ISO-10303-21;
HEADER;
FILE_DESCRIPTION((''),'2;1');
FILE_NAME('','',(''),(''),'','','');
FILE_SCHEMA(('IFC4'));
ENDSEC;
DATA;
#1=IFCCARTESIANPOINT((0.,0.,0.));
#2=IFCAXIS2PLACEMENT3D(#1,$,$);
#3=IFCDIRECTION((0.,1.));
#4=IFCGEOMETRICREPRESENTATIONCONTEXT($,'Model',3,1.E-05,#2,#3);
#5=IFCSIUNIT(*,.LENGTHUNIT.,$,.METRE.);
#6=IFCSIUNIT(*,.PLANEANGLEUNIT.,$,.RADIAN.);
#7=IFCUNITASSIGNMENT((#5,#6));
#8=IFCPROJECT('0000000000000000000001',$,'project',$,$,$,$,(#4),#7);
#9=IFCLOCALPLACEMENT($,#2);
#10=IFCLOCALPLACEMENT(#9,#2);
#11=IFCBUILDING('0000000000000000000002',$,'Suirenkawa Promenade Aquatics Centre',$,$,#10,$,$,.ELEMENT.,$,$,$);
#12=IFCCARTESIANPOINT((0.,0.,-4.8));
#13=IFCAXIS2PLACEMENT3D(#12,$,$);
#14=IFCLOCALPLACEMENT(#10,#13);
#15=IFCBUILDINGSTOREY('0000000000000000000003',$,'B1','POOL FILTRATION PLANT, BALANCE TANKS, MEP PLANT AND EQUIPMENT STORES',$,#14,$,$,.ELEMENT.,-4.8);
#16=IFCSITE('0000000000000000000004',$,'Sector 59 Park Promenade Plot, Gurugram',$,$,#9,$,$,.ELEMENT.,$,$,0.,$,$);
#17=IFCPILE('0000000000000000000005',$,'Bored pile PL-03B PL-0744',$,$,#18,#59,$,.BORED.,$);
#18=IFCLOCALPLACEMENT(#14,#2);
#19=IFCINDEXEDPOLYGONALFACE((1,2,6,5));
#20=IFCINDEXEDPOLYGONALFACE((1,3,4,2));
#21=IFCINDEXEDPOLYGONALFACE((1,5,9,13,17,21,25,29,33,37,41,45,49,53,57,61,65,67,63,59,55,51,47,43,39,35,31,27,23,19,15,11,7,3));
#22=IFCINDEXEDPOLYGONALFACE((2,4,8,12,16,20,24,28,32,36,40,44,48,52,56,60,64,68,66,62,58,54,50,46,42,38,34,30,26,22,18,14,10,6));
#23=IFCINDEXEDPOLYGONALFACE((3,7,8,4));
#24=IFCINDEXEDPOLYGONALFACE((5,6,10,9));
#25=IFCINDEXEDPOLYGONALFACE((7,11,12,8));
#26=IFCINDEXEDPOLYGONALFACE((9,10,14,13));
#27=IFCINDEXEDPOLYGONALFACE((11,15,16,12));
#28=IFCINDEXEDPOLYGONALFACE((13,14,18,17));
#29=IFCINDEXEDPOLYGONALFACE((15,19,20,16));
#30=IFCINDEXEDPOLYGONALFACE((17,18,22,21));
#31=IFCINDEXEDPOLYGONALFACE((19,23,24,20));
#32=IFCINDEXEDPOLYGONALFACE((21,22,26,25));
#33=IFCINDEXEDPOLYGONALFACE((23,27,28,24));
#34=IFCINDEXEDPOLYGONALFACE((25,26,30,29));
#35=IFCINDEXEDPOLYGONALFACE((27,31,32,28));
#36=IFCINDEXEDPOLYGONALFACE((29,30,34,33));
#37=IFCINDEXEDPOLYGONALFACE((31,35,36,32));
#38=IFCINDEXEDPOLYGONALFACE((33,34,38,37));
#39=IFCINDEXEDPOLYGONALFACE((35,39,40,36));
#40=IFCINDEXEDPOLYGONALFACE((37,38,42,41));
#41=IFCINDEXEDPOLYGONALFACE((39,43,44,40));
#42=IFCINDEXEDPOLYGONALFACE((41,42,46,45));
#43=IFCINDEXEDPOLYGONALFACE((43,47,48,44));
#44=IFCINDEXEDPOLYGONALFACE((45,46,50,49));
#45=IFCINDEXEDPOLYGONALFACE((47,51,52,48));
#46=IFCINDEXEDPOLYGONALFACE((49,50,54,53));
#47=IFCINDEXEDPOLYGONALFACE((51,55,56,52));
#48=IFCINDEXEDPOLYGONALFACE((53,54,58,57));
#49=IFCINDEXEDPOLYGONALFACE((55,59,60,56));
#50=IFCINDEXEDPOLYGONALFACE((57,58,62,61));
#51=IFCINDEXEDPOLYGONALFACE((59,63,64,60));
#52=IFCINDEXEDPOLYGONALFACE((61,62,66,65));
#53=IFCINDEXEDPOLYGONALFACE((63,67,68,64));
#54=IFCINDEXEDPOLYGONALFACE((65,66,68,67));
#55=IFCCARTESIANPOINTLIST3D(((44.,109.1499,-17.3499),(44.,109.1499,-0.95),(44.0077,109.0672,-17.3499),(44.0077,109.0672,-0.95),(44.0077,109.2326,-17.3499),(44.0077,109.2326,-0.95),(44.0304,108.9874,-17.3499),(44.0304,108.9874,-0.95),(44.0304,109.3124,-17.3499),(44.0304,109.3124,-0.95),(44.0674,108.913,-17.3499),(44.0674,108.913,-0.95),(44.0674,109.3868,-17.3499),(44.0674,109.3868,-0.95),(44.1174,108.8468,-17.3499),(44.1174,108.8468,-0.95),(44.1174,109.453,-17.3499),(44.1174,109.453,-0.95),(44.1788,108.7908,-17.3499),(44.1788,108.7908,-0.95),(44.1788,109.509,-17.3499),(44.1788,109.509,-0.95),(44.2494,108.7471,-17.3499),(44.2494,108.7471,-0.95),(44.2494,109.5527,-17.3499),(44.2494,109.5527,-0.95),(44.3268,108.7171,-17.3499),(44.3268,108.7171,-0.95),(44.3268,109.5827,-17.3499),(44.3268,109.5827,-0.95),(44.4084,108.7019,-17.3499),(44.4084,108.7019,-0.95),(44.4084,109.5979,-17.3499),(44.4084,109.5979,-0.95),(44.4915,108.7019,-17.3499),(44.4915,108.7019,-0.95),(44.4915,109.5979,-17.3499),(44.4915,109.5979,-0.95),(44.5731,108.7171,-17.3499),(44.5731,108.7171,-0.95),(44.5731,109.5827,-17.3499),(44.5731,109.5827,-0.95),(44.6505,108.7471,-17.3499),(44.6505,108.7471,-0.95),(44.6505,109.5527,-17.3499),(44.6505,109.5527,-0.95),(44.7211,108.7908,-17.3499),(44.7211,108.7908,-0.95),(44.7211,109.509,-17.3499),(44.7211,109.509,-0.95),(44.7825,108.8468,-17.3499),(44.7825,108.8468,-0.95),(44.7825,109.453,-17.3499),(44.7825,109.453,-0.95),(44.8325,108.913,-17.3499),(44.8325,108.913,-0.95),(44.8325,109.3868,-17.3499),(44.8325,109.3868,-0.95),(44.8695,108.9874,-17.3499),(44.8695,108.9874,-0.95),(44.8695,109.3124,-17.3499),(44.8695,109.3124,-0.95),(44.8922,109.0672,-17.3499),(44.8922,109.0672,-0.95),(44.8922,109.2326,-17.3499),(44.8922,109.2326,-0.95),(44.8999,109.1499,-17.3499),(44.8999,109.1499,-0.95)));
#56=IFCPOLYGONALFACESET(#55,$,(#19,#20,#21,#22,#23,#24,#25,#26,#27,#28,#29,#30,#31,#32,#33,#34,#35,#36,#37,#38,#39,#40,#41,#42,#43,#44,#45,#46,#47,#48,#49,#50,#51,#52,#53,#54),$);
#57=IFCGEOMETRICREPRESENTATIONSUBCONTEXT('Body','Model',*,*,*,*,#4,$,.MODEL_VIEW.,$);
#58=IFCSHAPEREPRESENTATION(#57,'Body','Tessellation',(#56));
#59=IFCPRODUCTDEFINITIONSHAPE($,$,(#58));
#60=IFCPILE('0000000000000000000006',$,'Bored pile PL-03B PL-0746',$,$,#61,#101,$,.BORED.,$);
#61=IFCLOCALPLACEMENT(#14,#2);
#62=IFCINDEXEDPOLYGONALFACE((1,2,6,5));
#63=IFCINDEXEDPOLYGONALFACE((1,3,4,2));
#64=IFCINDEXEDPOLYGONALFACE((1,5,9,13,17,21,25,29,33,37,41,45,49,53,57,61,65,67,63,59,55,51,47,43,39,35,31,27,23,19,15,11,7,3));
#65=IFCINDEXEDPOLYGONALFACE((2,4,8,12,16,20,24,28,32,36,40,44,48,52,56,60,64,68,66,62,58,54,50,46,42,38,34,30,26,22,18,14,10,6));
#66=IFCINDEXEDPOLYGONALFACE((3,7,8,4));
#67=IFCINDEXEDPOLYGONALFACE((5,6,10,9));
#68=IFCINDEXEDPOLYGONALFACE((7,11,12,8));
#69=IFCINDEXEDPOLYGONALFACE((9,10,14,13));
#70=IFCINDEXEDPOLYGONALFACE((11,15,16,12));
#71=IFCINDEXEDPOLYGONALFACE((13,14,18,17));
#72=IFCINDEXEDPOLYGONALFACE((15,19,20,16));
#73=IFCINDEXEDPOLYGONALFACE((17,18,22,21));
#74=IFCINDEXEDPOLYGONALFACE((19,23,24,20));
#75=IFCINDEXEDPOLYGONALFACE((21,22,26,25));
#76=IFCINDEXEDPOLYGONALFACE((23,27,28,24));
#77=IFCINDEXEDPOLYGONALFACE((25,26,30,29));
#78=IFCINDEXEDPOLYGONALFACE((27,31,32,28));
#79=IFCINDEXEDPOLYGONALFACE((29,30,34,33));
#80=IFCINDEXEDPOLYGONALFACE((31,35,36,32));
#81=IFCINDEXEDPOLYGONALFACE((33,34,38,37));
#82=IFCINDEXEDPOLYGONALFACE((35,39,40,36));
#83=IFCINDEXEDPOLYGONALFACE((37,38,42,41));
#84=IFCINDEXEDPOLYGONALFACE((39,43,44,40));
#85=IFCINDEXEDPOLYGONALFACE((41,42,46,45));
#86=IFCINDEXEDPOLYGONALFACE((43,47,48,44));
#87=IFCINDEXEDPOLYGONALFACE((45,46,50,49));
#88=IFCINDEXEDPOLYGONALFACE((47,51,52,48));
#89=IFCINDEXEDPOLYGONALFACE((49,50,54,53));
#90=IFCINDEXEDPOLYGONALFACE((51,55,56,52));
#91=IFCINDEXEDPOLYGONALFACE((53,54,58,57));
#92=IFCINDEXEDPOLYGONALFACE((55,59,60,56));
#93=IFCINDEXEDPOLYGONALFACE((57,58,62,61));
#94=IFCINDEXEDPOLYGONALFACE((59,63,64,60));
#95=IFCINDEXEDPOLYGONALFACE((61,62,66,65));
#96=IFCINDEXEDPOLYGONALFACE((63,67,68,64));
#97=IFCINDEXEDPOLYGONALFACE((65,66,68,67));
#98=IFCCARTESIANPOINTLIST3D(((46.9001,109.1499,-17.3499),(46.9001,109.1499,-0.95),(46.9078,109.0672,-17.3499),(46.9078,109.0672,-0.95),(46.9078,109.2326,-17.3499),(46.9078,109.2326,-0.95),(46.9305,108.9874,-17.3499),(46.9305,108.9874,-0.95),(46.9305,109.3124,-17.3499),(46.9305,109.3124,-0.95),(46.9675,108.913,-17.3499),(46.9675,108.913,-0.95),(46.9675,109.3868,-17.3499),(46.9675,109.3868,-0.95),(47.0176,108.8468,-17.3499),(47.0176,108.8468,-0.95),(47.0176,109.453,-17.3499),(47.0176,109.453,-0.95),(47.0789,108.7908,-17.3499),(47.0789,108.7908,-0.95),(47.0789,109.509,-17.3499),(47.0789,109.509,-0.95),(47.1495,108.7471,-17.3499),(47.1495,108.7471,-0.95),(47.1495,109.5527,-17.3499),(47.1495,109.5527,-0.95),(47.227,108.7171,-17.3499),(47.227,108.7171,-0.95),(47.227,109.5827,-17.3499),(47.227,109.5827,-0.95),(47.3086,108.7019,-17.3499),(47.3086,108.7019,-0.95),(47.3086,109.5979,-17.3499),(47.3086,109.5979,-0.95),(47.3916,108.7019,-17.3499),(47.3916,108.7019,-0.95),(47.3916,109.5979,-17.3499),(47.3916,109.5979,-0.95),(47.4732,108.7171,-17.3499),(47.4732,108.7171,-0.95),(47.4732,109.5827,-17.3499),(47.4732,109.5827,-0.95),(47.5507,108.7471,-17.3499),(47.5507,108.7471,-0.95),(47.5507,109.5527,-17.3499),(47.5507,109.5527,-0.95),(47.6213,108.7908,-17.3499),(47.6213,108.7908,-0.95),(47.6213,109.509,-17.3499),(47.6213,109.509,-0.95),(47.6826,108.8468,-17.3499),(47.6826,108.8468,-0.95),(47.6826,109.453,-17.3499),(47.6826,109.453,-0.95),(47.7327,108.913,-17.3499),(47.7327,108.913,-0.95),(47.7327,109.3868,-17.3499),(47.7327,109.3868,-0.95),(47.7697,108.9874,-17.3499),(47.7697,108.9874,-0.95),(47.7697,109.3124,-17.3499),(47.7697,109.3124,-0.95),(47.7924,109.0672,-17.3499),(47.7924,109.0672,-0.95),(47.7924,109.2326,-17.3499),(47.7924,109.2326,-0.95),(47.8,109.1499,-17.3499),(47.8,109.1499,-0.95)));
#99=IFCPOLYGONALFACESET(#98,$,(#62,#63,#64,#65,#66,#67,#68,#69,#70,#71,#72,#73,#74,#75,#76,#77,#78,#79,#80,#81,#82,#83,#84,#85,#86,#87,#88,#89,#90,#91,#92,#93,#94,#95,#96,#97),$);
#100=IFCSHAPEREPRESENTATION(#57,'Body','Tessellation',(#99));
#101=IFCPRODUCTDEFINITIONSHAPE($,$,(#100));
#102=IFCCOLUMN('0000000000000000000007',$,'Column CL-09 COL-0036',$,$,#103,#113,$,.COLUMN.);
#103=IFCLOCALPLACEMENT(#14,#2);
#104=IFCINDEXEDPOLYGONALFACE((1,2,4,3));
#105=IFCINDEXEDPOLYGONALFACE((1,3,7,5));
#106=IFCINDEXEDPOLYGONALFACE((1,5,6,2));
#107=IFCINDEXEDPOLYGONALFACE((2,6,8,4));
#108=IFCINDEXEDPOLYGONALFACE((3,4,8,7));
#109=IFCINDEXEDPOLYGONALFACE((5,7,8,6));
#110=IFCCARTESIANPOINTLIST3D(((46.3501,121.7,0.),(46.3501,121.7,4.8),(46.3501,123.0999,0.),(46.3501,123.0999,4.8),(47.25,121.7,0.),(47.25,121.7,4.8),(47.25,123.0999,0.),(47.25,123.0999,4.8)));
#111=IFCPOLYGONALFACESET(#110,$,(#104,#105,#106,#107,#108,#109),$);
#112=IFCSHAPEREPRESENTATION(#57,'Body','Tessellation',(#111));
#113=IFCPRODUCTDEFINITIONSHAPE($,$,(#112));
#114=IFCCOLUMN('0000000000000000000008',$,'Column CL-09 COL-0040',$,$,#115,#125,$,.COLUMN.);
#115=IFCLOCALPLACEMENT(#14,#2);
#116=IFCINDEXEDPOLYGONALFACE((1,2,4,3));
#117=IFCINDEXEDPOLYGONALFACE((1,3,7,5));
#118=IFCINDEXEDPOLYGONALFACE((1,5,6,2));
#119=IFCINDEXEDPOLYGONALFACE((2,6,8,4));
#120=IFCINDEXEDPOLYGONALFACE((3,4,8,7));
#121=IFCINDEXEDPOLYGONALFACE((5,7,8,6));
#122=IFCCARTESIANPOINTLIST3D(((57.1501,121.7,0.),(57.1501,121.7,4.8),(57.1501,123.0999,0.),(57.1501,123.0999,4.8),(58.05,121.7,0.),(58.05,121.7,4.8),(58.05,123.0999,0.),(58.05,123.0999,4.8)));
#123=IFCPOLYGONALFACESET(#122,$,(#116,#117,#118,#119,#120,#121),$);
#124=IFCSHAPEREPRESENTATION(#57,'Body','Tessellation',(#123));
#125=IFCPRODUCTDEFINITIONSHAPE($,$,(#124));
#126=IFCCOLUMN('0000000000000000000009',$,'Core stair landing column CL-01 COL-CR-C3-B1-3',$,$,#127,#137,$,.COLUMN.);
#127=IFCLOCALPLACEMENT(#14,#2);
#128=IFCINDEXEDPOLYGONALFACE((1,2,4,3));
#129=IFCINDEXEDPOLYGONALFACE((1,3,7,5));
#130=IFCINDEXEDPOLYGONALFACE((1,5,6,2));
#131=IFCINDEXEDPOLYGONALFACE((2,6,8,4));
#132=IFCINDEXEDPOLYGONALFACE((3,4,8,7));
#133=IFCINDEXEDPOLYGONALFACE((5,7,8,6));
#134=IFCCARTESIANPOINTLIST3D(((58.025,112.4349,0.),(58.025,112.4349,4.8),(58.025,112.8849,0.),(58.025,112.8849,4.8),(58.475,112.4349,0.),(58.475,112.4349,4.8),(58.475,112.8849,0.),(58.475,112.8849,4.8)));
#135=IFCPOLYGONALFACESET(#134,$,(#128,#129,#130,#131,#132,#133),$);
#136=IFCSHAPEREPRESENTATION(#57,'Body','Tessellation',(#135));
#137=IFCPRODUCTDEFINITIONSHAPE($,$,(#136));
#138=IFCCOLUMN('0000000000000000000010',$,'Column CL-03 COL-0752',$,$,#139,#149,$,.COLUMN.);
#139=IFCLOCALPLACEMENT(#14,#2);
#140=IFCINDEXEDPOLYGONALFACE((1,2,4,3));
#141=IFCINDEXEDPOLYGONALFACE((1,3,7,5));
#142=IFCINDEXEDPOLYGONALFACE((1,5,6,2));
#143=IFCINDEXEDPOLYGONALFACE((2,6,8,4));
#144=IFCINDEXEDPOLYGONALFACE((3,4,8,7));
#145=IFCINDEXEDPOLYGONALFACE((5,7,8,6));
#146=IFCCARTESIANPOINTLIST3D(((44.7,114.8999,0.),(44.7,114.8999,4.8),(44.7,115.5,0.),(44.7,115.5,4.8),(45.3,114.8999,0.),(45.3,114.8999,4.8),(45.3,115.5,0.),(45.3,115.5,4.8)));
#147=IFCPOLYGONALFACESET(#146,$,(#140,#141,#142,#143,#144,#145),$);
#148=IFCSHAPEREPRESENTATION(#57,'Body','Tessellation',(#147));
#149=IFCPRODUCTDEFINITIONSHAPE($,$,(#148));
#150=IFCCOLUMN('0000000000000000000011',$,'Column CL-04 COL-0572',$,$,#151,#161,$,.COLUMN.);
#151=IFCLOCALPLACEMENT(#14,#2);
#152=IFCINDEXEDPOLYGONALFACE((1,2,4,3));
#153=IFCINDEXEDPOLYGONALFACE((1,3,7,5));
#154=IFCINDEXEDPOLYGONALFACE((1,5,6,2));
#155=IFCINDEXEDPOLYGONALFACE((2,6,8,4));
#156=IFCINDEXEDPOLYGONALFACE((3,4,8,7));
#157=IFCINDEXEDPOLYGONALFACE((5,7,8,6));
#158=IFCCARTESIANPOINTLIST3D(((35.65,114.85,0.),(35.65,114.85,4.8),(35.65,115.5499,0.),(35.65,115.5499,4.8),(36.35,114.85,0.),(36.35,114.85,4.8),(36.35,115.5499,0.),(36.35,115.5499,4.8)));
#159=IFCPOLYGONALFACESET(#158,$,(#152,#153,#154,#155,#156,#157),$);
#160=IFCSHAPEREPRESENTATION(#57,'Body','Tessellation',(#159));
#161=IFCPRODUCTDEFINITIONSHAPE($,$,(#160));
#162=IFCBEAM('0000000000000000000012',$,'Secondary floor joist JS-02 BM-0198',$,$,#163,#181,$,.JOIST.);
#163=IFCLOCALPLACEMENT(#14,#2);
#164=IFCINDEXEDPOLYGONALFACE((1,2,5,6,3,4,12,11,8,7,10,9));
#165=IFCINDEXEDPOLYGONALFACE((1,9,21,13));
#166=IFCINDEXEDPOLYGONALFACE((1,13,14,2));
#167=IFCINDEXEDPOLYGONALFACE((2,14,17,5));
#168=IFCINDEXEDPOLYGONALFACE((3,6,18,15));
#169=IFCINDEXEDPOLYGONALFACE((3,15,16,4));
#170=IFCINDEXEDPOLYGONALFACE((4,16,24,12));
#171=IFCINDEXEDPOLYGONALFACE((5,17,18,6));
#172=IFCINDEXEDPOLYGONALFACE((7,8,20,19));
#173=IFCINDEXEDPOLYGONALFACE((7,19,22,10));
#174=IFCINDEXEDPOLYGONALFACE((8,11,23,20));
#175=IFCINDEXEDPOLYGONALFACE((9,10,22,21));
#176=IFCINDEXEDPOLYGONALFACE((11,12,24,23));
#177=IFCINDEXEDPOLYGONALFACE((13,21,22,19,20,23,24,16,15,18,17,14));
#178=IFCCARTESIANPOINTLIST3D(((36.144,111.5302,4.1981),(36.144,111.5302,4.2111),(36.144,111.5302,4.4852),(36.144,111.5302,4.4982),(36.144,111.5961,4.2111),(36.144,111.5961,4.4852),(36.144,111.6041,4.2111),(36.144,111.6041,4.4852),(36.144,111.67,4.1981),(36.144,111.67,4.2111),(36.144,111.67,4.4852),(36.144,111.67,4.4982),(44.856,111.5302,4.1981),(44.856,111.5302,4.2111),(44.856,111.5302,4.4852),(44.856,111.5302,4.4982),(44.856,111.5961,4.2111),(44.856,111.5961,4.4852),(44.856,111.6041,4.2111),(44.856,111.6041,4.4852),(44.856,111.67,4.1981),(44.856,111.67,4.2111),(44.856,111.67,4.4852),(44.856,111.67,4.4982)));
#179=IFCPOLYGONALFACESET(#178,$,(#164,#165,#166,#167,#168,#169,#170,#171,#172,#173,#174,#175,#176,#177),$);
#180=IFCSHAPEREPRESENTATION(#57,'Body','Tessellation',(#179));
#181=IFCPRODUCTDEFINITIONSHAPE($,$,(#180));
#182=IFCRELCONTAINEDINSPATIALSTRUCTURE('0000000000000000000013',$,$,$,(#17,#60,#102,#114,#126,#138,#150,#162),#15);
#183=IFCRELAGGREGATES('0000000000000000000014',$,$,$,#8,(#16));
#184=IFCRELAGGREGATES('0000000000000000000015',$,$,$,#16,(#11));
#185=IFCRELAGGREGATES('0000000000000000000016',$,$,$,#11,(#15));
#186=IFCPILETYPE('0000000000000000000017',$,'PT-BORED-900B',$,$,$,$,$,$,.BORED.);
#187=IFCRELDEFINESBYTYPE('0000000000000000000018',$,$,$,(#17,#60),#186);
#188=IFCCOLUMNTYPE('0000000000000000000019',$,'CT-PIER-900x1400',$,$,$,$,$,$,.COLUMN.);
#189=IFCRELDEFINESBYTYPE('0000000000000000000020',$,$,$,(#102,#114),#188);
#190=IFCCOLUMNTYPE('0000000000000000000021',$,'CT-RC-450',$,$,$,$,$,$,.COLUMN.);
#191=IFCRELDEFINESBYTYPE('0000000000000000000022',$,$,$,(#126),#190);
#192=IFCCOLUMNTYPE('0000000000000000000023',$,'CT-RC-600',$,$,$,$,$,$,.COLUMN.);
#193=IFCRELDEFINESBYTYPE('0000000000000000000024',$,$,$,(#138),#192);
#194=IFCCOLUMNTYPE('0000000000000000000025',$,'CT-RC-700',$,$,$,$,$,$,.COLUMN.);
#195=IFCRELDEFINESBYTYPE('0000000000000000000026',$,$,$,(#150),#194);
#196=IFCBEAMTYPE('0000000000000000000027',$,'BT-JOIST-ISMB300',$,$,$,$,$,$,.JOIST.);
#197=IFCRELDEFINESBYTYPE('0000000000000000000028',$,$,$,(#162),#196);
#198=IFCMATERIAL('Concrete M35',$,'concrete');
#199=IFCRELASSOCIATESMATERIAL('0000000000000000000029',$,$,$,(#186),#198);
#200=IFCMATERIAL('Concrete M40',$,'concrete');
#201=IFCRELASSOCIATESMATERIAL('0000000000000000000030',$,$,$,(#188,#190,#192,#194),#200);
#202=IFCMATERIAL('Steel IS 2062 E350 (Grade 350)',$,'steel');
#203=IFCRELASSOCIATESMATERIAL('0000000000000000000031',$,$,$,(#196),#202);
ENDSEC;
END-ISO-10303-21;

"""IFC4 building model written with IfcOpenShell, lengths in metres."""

from ifc_helpers import new_model, si_unit, direction, frame, origin, origin_2d, place, context, subcontext, project, spatial, rectangle, circle, i_section, extrude, material, material_profile, profile_set, type_object, element, save


model = new_model("IFC4")

# Units and contexts
model_context = context("Model", 3, precision=1e-05, world=origin(), true_north=direction((0.0, 1.0)))
body_context = subcontext(model_context, "Body", "Model", "MODEL_VIEW")
ifc_project = project(units=[si_unit("LENGTHUNIT", "METRE"), si_unit("PLANEANGLEUNIT", "RADIAN")], contexts=[model_context])

# Site, building, storey
site_placement = place(None, origin())
site = spatial("IfcSite", under=ifc_project, at=site_placement, Name="Sector 59 Park Promenade Plot, Gurugram", CompositionType="ELEMENT", RefElevation=0.0)
building_placement = place(site_placement, origin())
building = spatial("IfcBuilding", under=site, at=building_placement, Name="Suirenkawa Promenade Aquatics Centre", CompositionType="ELEMENT")
storey_placement = place(building_placement, frame((0.0, 0.0, -4.8)))
storey = spatial("IfcBuildingStorey", under=building, at=storey_placement, Name="B1", Description="POOL FILTRATION PLANT, BALANCE TANKS, MEP PLANT AND EQUIPMENT STORES", CompositionType="ELEMENT", Elevation=-4.8)

# Shared definitions
ifc_material_1 = material(Name="Concrete M35", Category="concrete")

# Piles
ifc_material_profile_1 = material_profile(ifc_material_1, circle(Radius=0.45, at=origin_2d()), Name="PILE D900", Category="concrete")
ifc_profile_set_1 = profile_set([ifc_material_profile_1], Name="Concrete M35")
pile_type_1 = type_object("IfcPileType", Name="PT-BORED-900B", PredefinedType="BORED", material=ifc_profile_set_1)
for number, where, z_axis, x_axis, name in (
    (1, (44.45, 109.1499, -0.95), (0.0, 0.0, -1.0), (1.0, 0.0, 0.0), "Bored pile PL-03B PL-0744"),
    (2, (47.3501, 109.1499, -0.95), (0.0, 0.0, -1.0), (1.0, 0.0, 0.0), "Bored pile PL-03B PL-0746"),
):
    element("IfcPile", number, at=place(storey_placement, frame(where, z_axis=z_axis, x_axis=x_axis)), inside=storey, type_object=pile_type_1, Name=name, PredefinedType="BORED", context=body_context, shape_type="SweptSolid", body=[
        extrude(circle(Radius=0.45, at=origin_2d()), origin(), (0.0, 0.0, 1.0), 16.3999),
    ])

# Columns
ifc_material_2 = material(Name="Concrete M40", Category="concrete")
ifc_material_profile_2 = material_profile(ifc_material_2, rectangle(XDim=0.8999, YDim=1.3999, at=origin_2d()), Name="RC PIER 900x1400", Category="concrete")
ifc_profile_set_2 = profile_set([ifc_material_profile_2], Name="Concrete M40")
column_type_1 = type_object("IfcColumnType", Name="CT-PIER-900x1400", PredefinedType="COLUMN", material=ifc_profile_set_2)
for number, where, z_axis, x_axis, name in (
    (3, (46.8, 122.3999, 0.0), (0.0, 0.0, 1.0), (1.0, 0.0, 0.0), "Column CL-09 COL-0036"),
    (4, (57.6001, 122.3999, 0.0), (0.0, 0.0, 1.0), (1.0, 0.0, 0.0), "Column CL-09 COL-0040"),
):
    element("IfcColumn", number, at=place(storey_placement, frame(where, z_axis=z_axis, x_axis=x_axis)), inside=storey, type_object=column_type_1, Name=name, PredefinedType="COLUMN", context=body_context, shape_type="SweptSolid", body=[
        extrude(rectangle(XDim=0.8999, YDim=1.3999, at=origin_2d()), origin(), (0.0, 0.0, 1.0), 4.8),
    ])
ifc_material_profile_3 = material_profile(ifc_material_2, rectangle(XDim=0.45, YDim=0.45, at=origin_2d()), Name="RC COL 450x450", Category="concrete")
ifc_profile_set_3 = profile_set([ifc_material_profile_3], Name="Concrete M40")
column_type_2 = type_object("IfcColumnType", Name="CT-RC-450", PredefinedType="COLUMN", material=ifc_profile_set_3)
column_1_placement = place(storey_placement, frame((58.25, 112.6599, 0.0), z_axis=(0.0, 0.0, 1.0), x_axis=(1.0, 0.0, 0.0)))
element("IfcColumn", 5, at=column_1_placement, inside=storey, type_object=column_type_2, Name="Core stair landing column CL-01 COL-CR-C3-B1-3", PredefinedType="COLUMN", context=body_context, shape_type="SweptSolid", body=[
    extrude(rectangle(XDim=0.45, YDim=0.45, at=origin_2d()), origin(), (0.0, 0.0, 1.0), 4.8),
])
ifc_material_profile_4 = material_profile(ifc_material_2, rectangle(XDim=0.6001, YDim=0.6001, at=origin_2d()), Name="RC COL 600x600", Category="concrete")
ifc_profile_set_4 = profile_set([ifc_material_profile_4], Name="Concrete M40")
column_type_3 = type_object("IfcColumnType", Name="CT-RC-600", PredefinedType="COLUMN", material=ifc_profile_set_4)
column_2_placement = place(storey_placement, frame((45.0, 115.2, 0.0), z_axis=(0.0, 0.0, 1.0), x_axis=(1.0, 0.0, 0.0)))
element("IfcColumn", 6, at=column_2_placement, inside=storey, type_object=column_type_3, Name="Column CL-03 COL-0752", PredefinedType="COLUMN", context=body_context, shape_type="SweptSolid", body=[
    extrude(rectangle(XDim=0.6001, YDim=0.6001, at=origin_2d()), origin(), (0.0, 0.0, 1.0), 4.8),
])
ifc_material_profile_5 = material_profile(ifc_material_2, rectangle(XDim=0.7, YDim=0.7, at=origin_2d()), Name="RC COL 700x700", Category="concrete")
ifc_profile_set_5 = profile_set([ifc_material_profile_5], Name="Concrete M40")
column_type_4 = type_object("IfcColumnType", Name="CT-RC-700", PredefinedType="COLUMN", material=ifc_profile_set_5)
column_3_placement = place(storey_placement, frame((36.0, 115.2, 0.0), z_axis=(0.0, 0.0, 1.0), x_axis=(1.0, 0.0, 0.0)))
element("IfcColumn", 7, at=column_3_placement, inside=storey, type_object=column_type_4, Name="Column CL-04 COL-0572", PredefinedType="COLUMN", context=body_context, shape_type="SweptSolid", body=[
    extrude(rectangle(XDim=0.7, YDim=0.7, at=origin_2d()), origin(), (0.0, 0.0, 1.0), 4.8),
])

# Beam
ifc_material_3 = material(Name="Steel IS 2062 E350 (Grade 350)", Category="steel")
ifc_material_profile_6 = material_profile(ifc_material_3, i_section(OverallWidth=0.1399, OverallDepth=0.3, WebThickness=0.0081, FlangeThickness=0.0129, at=origin_2d()), Name="ISMB 300", Category="steel")
ifc_profile_set_6 = profile_set([ifc_material_profile_6], Name="Steel IS 2062 E350 (Grade 350)")
beam_type_1 = type_object("IfcBeamType", Name="BT-JOIST-ISMB300", PredefinedType="JOIST", material=ifc_profile_set_6)
beam_1_placement = place(storey_placement, frame((36.144, 111.6001, 4.3481), z_axis=(1.0, 0.0, 0.0), x_axis=(0.0, 1.0, 0.0)))
element("IfcBeam", 8, at=beam_1_placement, inside=storey, type_object=beam_type_1, Name="Secondary floor joist JS-02 BM-0198", PredefinedType="JOIST", context=body_context, shape_type="SweptSolid", body=[
    extrude(i_section(OverallWidth=0.1399, OverallDepth=0.3, WebThickness=0.0081, FlangeThickness=0.0129, at=origin_2d()), origin(), (0.0, 0.0, 1.0), 8.7119),
])

save(model, "model.ifc")
